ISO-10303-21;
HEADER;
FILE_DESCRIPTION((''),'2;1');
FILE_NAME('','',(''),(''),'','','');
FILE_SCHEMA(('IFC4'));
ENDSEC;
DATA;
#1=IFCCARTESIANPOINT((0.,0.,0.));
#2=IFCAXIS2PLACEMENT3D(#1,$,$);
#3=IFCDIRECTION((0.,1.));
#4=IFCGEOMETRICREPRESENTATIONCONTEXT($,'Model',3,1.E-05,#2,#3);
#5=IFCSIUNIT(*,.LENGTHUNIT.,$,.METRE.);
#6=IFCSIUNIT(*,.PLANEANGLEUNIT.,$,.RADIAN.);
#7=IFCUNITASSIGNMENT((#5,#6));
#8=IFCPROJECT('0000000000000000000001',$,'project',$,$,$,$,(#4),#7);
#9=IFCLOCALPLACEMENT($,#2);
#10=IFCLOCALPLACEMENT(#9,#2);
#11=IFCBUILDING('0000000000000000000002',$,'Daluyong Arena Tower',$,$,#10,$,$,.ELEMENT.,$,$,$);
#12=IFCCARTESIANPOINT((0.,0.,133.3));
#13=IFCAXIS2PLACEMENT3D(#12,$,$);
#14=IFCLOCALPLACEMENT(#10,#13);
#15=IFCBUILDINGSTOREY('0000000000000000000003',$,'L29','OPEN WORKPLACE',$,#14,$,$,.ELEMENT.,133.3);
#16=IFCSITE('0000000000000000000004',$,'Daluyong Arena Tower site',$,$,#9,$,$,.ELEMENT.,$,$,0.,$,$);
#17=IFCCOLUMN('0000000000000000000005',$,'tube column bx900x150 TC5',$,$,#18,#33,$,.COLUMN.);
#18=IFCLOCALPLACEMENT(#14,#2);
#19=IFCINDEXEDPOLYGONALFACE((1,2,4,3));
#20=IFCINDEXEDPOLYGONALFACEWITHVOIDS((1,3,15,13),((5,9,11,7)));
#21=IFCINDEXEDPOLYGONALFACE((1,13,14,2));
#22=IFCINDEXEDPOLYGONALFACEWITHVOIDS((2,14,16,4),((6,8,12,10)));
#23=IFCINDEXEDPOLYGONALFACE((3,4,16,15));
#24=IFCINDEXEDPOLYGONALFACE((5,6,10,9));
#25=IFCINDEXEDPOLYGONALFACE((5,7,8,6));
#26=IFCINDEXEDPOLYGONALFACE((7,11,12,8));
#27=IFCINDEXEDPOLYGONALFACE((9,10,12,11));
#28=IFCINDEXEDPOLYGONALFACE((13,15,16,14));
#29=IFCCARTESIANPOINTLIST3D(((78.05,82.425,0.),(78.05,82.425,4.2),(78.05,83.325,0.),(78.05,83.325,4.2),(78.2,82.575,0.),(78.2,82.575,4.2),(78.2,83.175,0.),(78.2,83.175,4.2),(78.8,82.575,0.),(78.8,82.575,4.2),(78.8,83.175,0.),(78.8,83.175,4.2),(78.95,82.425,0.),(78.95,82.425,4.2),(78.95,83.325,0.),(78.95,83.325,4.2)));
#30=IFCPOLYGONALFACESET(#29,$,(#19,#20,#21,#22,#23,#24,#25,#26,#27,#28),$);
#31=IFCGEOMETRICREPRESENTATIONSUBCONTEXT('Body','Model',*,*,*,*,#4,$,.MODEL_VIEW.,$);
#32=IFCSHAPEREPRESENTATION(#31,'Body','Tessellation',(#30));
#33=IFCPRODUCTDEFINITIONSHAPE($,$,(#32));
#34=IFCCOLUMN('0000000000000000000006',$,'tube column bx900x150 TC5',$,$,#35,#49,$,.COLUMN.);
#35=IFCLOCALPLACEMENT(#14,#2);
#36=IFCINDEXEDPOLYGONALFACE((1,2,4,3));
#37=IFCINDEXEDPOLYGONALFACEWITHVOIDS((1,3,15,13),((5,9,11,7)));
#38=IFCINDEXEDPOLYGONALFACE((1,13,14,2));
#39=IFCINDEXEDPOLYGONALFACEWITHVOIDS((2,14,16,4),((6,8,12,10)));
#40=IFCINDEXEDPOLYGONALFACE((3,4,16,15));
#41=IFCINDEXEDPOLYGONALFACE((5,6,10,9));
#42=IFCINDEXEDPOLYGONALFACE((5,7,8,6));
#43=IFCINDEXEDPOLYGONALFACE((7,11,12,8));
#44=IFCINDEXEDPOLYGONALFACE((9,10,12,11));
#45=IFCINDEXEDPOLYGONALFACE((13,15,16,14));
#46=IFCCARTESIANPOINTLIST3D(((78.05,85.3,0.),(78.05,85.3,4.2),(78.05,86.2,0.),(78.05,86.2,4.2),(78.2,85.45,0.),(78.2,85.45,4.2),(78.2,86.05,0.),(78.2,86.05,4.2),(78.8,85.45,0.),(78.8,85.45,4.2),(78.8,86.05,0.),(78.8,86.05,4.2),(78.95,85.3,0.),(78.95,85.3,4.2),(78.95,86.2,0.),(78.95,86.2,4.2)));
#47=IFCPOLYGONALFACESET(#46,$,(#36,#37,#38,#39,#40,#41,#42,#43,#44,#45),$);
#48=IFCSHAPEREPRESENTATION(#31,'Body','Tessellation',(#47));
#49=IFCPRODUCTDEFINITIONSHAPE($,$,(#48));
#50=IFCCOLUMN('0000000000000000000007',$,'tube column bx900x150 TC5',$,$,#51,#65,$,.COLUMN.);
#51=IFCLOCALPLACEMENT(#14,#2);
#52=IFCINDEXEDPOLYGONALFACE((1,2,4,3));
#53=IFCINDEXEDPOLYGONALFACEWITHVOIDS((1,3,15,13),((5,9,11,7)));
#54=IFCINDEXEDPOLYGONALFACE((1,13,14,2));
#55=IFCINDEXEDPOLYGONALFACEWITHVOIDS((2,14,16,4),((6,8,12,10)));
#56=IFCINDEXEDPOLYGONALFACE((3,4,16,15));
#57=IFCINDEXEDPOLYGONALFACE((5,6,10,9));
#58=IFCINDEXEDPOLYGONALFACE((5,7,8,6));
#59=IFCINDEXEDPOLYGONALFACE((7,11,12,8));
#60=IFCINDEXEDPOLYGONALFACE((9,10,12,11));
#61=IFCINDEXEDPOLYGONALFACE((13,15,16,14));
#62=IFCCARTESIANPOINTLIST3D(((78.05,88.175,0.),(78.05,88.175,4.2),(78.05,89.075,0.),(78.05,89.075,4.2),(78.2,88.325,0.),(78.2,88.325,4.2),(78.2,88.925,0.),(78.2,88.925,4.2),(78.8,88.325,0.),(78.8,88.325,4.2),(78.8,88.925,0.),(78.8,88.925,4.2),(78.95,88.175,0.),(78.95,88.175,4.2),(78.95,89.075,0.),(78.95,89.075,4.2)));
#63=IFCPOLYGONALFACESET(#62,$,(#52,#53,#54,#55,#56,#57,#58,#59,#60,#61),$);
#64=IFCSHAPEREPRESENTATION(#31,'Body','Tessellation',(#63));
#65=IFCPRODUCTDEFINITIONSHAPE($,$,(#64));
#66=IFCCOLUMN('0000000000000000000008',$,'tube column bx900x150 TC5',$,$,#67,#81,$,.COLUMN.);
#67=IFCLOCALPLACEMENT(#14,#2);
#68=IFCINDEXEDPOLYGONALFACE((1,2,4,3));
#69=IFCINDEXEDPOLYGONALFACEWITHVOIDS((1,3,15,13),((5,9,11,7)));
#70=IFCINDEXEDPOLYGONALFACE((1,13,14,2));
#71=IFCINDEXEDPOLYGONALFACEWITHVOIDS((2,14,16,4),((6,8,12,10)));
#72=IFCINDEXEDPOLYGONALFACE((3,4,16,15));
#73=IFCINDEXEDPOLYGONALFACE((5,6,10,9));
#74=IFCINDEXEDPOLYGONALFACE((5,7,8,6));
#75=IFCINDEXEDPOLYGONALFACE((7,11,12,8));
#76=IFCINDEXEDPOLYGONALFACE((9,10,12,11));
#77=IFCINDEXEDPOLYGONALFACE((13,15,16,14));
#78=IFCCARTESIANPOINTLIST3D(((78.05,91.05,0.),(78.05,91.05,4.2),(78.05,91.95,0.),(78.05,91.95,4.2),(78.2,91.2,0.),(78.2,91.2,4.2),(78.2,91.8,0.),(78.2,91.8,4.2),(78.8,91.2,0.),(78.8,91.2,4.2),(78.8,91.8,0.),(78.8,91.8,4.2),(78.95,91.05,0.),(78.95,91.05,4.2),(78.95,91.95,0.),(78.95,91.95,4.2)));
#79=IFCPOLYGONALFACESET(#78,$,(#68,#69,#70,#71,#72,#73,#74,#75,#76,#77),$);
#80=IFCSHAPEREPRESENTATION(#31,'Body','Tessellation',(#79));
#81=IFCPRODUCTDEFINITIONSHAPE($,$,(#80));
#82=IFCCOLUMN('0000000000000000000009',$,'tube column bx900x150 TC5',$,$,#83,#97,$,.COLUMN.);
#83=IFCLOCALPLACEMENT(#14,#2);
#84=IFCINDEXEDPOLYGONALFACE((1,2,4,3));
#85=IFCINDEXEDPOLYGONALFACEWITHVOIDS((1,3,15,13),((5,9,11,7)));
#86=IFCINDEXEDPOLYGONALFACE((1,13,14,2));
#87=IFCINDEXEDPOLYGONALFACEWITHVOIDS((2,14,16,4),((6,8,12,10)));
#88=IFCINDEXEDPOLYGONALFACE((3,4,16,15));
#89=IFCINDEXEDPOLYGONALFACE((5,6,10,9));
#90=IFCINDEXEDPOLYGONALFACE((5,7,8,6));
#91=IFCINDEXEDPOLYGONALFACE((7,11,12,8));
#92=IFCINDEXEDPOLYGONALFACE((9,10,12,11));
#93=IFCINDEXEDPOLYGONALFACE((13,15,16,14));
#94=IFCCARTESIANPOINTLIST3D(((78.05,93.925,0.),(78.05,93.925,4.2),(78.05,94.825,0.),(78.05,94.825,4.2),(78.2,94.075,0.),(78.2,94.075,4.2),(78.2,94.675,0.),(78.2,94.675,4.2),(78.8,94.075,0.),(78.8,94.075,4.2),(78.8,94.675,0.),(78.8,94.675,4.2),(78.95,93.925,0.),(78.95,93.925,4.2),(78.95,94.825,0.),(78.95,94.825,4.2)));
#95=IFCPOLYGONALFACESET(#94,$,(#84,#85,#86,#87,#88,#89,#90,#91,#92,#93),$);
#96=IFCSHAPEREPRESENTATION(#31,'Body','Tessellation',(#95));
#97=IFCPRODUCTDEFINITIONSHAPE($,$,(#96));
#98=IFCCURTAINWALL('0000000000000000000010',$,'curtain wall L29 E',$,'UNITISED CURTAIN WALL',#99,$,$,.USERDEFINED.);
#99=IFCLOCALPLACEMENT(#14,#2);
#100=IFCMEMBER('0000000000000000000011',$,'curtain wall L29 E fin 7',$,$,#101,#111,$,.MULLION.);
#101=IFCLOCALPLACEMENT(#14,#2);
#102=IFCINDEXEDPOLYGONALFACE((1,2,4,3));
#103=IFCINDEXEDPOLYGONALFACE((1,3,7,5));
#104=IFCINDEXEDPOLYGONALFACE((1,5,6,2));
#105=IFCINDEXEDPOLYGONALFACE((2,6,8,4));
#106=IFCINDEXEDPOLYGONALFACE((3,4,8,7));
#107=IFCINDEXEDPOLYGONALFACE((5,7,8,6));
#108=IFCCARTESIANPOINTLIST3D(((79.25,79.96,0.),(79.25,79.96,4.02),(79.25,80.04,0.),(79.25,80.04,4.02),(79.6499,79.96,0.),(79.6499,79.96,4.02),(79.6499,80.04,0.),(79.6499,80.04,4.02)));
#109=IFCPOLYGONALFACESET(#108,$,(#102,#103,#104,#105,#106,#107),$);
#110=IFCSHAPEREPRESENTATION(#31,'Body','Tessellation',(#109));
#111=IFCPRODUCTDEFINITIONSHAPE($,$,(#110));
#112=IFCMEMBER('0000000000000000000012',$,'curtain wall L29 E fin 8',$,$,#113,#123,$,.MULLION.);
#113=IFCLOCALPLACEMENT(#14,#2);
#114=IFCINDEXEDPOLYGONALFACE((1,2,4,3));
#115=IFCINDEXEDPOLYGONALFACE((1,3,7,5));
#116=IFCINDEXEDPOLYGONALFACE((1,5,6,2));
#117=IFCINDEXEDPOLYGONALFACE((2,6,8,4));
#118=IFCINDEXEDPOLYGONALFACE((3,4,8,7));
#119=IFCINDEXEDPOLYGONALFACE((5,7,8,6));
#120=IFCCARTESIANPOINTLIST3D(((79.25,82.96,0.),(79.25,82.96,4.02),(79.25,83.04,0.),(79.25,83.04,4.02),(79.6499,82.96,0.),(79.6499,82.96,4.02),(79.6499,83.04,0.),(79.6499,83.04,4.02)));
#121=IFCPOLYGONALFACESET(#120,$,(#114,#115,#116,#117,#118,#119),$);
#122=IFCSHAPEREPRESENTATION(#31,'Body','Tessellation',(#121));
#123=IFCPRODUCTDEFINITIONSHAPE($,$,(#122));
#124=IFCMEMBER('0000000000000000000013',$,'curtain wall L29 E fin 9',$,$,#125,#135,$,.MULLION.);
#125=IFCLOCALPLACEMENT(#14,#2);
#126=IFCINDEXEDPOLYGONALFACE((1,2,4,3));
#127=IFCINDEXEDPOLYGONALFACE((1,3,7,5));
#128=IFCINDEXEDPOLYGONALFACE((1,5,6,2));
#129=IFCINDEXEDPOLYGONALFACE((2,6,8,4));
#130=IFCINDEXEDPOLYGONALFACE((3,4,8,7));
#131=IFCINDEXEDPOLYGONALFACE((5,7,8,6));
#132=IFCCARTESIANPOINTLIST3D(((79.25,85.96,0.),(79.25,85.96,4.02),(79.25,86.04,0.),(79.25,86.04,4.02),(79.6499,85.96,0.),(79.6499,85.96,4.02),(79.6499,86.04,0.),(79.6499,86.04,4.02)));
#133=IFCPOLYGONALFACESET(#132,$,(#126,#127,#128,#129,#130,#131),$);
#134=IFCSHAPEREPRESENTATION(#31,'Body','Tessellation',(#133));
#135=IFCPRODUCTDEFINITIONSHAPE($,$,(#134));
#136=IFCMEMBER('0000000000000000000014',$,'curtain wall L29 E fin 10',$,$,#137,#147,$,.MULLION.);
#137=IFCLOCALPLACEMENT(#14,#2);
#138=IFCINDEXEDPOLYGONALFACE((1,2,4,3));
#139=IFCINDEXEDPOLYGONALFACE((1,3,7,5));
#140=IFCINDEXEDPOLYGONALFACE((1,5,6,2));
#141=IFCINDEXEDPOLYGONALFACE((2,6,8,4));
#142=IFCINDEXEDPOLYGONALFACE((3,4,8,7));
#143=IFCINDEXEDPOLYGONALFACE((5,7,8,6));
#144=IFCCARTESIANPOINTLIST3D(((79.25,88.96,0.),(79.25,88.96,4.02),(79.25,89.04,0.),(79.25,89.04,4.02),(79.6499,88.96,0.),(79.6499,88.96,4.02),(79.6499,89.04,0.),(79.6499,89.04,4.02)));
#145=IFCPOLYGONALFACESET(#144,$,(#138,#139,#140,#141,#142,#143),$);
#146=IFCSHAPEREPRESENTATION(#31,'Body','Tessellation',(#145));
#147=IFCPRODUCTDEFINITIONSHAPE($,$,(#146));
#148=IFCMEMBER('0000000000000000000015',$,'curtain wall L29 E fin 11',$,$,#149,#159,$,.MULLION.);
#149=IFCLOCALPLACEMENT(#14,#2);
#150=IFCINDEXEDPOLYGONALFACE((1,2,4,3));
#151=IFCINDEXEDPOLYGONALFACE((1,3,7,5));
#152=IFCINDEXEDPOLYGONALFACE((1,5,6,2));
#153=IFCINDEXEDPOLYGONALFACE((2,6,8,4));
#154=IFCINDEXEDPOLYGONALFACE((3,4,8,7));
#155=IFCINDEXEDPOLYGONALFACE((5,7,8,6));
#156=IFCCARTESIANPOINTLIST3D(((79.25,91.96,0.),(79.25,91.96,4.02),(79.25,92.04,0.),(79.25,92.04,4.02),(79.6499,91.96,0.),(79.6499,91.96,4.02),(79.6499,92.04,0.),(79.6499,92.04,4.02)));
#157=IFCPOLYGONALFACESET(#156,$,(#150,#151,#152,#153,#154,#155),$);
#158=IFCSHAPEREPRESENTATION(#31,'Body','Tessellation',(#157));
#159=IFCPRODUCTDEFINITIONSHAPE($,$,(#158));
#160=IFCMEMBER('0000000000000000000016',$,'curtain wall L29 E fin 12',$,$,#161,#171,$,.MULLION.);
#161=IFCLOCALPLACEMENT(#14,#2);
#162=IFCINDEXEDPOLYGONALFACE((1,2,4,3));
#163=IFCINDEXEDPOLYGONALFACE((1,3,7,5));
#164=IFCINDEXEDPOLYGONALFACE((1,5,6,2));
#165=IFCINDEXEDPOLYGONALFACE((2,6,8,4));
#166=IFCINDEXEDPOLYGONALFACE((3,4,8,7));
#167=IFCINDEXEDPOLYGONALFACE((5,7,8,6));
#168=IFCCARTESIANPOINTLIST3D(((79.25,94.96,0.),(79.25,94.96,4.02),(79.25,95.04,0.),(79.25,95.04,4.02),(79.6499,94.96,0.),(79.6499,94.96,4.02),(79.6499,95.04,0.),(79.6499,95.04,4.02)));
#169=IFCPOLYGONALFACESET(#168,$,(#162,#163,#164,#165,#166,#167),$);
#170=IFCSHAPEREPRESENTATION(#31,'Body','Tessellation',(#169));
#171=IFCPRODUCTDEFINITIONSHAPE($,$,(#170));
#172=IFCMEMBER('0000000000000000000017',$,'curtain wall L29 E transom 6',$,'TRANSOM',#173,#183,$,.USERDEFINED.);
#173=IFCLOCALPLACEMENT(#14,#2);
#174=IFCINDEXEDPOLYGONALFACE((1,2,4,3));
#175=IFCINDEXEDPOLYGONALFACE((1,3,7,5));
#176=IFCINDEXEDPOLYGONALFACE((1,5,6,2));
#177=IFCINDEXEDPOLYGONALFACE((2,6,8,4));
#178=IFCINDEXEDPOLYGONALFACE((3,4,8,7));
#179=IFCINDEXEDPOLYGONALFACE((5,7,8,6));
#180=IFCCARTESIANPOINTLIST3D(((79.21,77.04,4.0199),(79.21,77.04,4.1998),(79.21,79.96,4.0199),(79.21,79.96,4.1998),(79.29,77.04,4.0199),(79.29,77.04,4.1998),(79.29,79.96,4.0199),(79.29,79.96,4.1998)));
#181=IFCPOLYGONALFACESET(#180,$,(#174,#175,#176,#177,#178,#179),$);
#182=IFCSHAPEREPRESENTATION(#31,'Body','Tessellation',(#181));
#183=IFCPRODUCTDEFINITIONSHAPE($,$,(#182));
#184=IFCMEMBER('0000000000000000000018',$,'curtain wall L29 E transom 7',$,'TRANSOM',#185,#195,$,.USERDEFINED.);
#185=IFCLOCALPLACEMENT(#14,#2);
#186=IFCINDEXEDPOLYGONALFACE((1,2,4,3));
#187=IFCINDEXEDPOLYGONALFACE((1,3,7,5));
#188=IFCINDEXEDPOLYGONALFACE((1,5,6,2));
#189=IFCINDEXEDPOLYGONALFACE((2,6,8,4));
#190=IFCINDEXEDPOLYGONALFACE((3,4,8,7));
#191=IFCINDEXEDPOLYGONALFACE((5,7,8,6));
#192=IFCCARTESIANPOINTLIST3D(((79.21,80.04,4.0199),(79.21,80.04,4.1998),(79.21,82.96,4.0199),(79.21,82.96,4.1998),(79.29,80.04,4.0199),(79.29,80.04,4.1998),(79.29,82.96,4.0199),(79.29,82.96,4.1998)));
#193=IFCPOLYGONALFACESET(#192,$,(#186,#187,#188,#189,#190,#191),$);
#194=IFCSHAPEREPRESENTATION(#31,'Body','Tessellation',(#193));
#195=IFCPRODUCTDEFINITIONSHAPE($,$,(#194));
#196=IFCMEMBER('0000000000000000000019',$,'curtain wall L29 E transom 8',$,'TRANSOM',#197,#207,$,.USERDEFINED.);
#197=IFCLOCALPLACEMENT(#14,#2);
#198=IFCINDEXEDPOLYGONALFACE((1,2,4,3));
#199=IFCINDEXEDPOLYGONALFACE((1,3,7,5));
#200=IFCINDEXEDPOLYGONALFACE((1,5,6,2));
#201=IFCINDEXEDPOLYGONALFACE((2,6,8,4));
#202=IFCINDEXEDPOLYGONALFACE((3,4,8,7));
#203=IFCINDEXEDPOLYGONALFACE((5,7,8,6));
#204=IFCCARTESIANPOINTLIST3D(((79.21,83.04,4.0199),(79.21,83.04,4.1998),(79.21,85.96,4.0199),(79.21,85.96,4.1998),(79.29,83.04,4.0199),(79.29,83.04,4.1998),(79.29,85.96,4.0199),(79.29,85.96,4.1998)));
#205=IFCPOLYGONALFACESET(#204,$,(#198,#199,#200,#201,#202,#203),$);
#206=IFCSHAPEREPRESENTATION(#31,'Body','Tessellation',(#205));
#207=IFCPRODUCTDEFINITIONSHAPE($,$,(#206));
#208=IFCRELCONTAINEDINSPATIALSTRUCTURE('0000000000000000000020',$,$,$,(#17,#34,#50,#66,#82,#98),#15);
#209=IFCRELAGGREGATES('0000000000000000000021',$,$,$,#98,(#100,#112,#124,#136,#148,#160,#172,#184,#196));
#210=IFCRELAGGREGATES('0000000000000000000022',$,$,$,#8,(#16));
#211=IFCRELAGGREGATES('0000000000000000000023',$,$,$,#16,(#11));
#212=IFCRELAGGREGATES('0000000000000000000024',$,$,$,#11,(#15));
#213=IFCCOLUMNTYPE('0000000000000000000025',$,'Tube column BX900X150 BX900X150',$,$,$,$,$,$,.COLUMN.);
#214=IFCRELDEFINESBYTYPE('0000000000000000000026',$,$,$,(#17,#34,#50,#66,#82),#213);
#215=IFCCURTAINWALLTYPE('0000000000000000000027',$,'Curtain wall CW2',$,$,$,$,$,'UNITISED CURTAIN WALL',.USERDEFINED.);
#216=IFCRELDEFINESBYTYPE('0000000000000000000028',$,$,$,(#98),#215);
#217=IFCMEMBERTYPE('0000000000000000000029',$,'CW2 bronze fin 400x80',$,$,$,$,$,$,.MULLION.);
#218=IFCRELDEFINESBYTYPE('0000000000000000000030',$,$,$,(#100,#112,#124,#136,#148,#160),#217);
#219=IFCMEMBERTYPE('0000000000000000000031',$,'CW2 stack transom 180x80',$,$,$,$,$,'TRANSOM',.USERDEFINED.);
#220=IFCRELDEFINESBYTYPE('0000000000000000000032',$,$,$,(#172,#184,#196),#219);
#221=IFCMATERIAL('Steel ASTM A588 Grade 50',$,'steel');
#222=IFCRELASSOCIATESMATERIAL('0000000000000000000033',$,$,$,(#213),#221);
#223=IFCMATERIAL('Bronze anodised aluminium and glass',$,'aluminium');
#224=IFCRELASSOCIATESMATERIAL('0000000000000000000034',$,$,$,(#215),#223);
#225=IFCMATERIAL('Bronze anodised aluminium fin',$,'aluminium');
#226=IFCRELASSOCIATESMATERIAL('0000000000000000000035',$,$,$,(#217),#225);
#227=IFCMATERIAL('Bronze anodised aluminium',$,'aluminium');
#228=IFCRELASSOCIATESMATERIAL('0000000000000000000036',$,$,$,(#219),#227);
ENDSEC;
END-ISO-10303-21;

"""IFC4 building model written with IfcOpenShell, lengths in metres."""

from ifc_helpers import new_model, si_unit, direction, frame, origin, origin_2d, place, context, subcontext, project, spatial, rectangle, hollow_rectangle, extrude, material, material_profile, profile_set, type_object, element, aggregate, save


model = new_model("IFC4")

# Units and contexts
model_context = context("Model", 3, precision=1e-05, world=origin(), true_north=direction((0.0, 1.0)))
body_context = subcontext(model_context, "Body", "Model", "MODEL_VIEW")
ifc_project = project(units=[si_unit("LENGTHUNIT", "METRE"), si_unit("PLANEANGLEUNIT", "RADIAN")], contexts=[model_context])

# Site, building, storey
site_placement = place(None, origin())
site = spatial("IfcSite", under=ifc_project, at=site_placement, Name="Daluyong Arena Tower site", CompositionType="ELEMENT", RefElevation=0.0)
building_placement = place(site_placement, origin())
building = spatial("IfcBuilding", under=site, at=building_placement, Name="Daluyong Arena Tower", CompositionType="ELEMENT")
storey_placement = place(building_placement, frame((0.0, 0.0, 133.3)))
storey = spatial("IfcBuildingStorey", under=building, at=storey_placement, Name="L29", Description="OPEN WORKPLACE", CompositionType="ELEMENT", Elevation=133.3)

# Columns
ifc_material_1 = material(Name="Steel ASTM A588 Grade 50", Category="steel")
ifc_material_profile_1 = material_profile(ifc_material_1, hollow_rectangle(XDim=0.8999, YDim=0.8999, WallThickness=0.15, at=origin_2d()))
ifc_profile_set_1 = profile_set([ifc_material_profile_1], Name="Steel ASTM A588 Grade 50")
column_type = type_object("IfcColumnType", Name="Tube column BX900X150 BX900X150", PredefinedType="COLUMN", material=ifc_profile_set_1)
for number, where, z_axis, x_axis, name in (
    (1, (78.5, 82.875, 0.0), (0.0, 0.0, 1.0), (0.0, 1.0, 0.0), "tube column bx900x150 TC5"),
    (2, (78.5, 85.75, 0.0), (0.0, 0.0, 1.0), (0.0, 1.0, 0.0), "tube column bx900x150 TC5"),
    (3, (78.5, 88.625, 0.0), (0.0, 0.0, 1.0), (0.0, 1.0, 0.0), "tube column bx900x150 TC5"),
    (4, (78.5, 91.5, 0.0), (0.0, 0.0, 1.0), (0.0, 1.0, 0.0), "tube column bx900x150 TC5"),
    (5, (78.5, 94.375, 0.0), (0.0, 0.0, 1.0), (0.0, 1.0, 0.0), "tube column bx900x150 TC5"),
):
    element("IfcColumn", number, at=place(storey_placement, frame(where, z_axis=z_axis, x_axis=x_axis)), inside=storey, type_object=column_type, Name=name, PredefinedType="COLUMN", context=body_context, shape_type="SweptSolid", body=[
        extrude(hollow_rectangle(XDim=0.8999, YDim=0.8999, WallThickness=0.15, at=origin_2d()), origin(), (0.0, 0.0, 1.0), 4.2),
    ])

# Curtain wall, members
ifc_material_2 = material(Name="Bronze anodised aluminium and glass", Category="aluminium")
curtain_wall_type = type_object("IfcCurtainWallType", Name="Curtain wall CW2", ElementType="UNITISED CURTAIN WALL", PredefinedType="USERDEFINED", material=ifc_material_2)
curtain_wall_placement = place(storey_placement, origin())
curtain_wall = element("IfcCurtainWall", 6, at=curtain_wall_placement, inside=storey, type_object=curtain_wall_type, Name="curtain wall L29 E", ObjectType="UNITISED CURTAIN WALL", PredefinedType="USERDEFINED")
ifc_material_3 = material(Name="Bronze anodised aluminium fin", Category="aluminium")
ifc_material_profile_2 = material_profile(ifc_material_3, rectangle(XDim=0.3999, YDim=0.0801, at=origin_2d()))
ifc_profile_set_2 = profile_set([ifc_material_profile_2], Name="Bronze anodised aluminium fin")
member_type_1 = type_object("IfcMemberType", Name="CW2 bronze fin 400x80", PredefinedType="MULLION", material=ifc_profile_set_2)
member_1_placement = place(storey_placement, frame((79.45, 80.0, 0.0), z_axis=(0.0, 0.0, 1.0), x_axis=(-1.0, 0.0, 0.0)))
member_1 = element("IfcMember", 7, at=member_1_placement, type_object=member_type_1, Name="curtain wall L29 E fin 7", PredefinedType="MULLION", context=body_context, shape_type="SweptSolid", body=[
    extrude(rectangle(XDim=0.3999, YDim=0.0801, at=origin_2d()), origin(), (0.0, 0.0, 1.0), 4.02),
])
member_2_placement = place(storey_placement, frame((79.45, 83.0, 0.0), z_axis=(0.0, 0.0, 1.0), x_axis=(-1.0, 0.0, 0.0)))
member_2 = element("IfcMember", 8, at=member_2_placement, type_object=member_type_1, Name="curtain wall L29 E fin 8", PredefinedType="MULLION", context=body_context, shape_type="SweptSolid", body=[
    extrude(rectangle(XDim=0.3999, YDim=0.0801, at=origin_2d()), origin(), (0.0, 0.0, 1.0), 4.02),
])
member_3_placement = place(storey_placement, frame((79.45, 86.0, 0.0), z_axis=(0.0, 0.0, 1.0), x_axis=(-1.0, 0.0, 0.0)))
member_3 = element("IfcMember", 9, at=member_3_placement, type_object=member_type_1, Name="curtain wall L29 E fin 9", PredefinedType="MULLION", context=body_context, shape_type="SweptSolid", body=[
    extrude(rectangle(XDim=0.3999, YDim=0.0801, at=origin_2d()), origin(), (0.0, 0.0, 1.0), 4.02),
])
member_4_placement = place(storey_placement, frame((79.45, 89.0, 0.0), z_axis=(0.0, 0.0, 1.0), x_axis=(-1.0, 0.0, 0.0)))
member_4 = element("IfcMember", 10, at=member_4_placement, type_object=member_type_1, Name="curtain wall L29 E fin 10", PredefinedType="MULLION", context=body_context, shape_type="SweptSolid", body=[
    extrude(rectangle(XDim=0.3999, YDim=0.0801, at=origin_2d()), origin(), (0.0, 0.0, 1.0), 4.02),
])
member_5_placement = place(storey_placement, frame((79.45, 92.0, 0.0), z_axis=(0.0, 0.0, 1.0), x_axis=(-1.0, 0.0, 0.0)))
member_5 = element("IfcMember", 11, at=member_5_placement, type_object=member_type_1, Name="curtain wall L29 E fin 11", PredefinedType="MULLION", context=body_context, shape_type="SweptSolid", body=[
    extrude(rectangle(XDim=0.3999, YDim=0.0801, at=origin_2d()), origin(), (0.0, 0.0, 1.0), 4.02),
])
member_6_placement = place(storey_placement, frame((79.45, 95.0, 0.0), z_axis=(0.0, 0.0, 1.0), x_axis=(-1.0, 0.0, 0.0)))
member_6 = element("IfcMember", 12, at=member_6_placement, type_object=member_type_1, Name="curtain wall L29 E fin 12", PredefinedType="MULLION", context=body_context, shape_type="SweptSolid", body=[
    extrude(rectangle(XDim=0.3999, YDim=0.0801, at=origin_2d()), origin(), (0.0, 0.0, 1.0), 4.02),
])
ifc_material_4 = material(Name="Bronze anodised aluminium", Category="aluminium")
ifc_material_profile_3 = material_profile(ifc_material_4, rectangle(XDim=0.0801, YDim=0.1799, at=origin_2d()))
ifc_profile_set_3 = profile_set([ifc_material_profile_3], Name="Bronze anodised aluminium")
member_type_2 = type_object("IfcMemberType", Name="CW2 stack transom 180x80", ElementType="TRANSOM", PredefinedType="USERDEFINED", material=ifc_profile_set_3)
member_7_placement = place(storey_placement, frame((79.25, 77.04, 4.1099), z_axis=(0.0, 1.0, 0.0), x_axis=(-1.0, 0.0, 0.0)))
member_7 = element("IfcMember", 13, at=member_7_placement, type_object=member_type_2, Name="curtain wall L29 E transom 6", ObjectType="TRANSOM", PredefinedType="USERDEFINED", context=body_context, shape_type="SweptSolid", body=[
    extrude(rectangle(XDim=0.0801, YDim=0.1799, at=origin_2d()), origin(), (0.0, 0.0, 1.0), 2.9199),
])
member_8_placement = place(storey_placement, frame((79.25, 80.04, 4.1099), z_axis=(0.0, 1.0, 0.0), x_axis=(-1.0, 0.0, 0.0)))
member_8 = element("IfcMember", 14, at=member_8_placement, type_object=member_type_2, Name="curtain wall L29 E transom 7", ObjectType="TRANSOM", PredefinedType="USERDEFINED", context=body_context, shape_type="SweptSolid", body=[
    extrude(rectangle(XDim=0.0801, YDim=0.1799, at=origin_2d()), origin(), (0.0, 0.0, 1.0), 2.9199),
])
member_9_placement = place(storey_placement, frame((79.25, 83.04, 4.1099), z_axis=(0.0, 1.0, 0.0), x_axis=(-1.0, 0.0, 0.0)))
member_9 = element("IfcMember", 15, at=member_9_placement, type_object=member_type_2, Name="curtain wall L29 E transom 8", ObjectType="TRANSOM", PredefinedType="USERDEFINED", context=body_context, shape_type="SweptSolid", body=[
    extrude(rectangle(XDim=0.0801, YDim=0.1799, at=origin_2d()), origin(), (0.0, 0.0, 1.0), 2.9199),
])

aggregate(curtain_wall, [member_1, member_2, member_3, member_4, member_5, member_6, member_7, member_8, member_9])

save(model, "model.ifc")
